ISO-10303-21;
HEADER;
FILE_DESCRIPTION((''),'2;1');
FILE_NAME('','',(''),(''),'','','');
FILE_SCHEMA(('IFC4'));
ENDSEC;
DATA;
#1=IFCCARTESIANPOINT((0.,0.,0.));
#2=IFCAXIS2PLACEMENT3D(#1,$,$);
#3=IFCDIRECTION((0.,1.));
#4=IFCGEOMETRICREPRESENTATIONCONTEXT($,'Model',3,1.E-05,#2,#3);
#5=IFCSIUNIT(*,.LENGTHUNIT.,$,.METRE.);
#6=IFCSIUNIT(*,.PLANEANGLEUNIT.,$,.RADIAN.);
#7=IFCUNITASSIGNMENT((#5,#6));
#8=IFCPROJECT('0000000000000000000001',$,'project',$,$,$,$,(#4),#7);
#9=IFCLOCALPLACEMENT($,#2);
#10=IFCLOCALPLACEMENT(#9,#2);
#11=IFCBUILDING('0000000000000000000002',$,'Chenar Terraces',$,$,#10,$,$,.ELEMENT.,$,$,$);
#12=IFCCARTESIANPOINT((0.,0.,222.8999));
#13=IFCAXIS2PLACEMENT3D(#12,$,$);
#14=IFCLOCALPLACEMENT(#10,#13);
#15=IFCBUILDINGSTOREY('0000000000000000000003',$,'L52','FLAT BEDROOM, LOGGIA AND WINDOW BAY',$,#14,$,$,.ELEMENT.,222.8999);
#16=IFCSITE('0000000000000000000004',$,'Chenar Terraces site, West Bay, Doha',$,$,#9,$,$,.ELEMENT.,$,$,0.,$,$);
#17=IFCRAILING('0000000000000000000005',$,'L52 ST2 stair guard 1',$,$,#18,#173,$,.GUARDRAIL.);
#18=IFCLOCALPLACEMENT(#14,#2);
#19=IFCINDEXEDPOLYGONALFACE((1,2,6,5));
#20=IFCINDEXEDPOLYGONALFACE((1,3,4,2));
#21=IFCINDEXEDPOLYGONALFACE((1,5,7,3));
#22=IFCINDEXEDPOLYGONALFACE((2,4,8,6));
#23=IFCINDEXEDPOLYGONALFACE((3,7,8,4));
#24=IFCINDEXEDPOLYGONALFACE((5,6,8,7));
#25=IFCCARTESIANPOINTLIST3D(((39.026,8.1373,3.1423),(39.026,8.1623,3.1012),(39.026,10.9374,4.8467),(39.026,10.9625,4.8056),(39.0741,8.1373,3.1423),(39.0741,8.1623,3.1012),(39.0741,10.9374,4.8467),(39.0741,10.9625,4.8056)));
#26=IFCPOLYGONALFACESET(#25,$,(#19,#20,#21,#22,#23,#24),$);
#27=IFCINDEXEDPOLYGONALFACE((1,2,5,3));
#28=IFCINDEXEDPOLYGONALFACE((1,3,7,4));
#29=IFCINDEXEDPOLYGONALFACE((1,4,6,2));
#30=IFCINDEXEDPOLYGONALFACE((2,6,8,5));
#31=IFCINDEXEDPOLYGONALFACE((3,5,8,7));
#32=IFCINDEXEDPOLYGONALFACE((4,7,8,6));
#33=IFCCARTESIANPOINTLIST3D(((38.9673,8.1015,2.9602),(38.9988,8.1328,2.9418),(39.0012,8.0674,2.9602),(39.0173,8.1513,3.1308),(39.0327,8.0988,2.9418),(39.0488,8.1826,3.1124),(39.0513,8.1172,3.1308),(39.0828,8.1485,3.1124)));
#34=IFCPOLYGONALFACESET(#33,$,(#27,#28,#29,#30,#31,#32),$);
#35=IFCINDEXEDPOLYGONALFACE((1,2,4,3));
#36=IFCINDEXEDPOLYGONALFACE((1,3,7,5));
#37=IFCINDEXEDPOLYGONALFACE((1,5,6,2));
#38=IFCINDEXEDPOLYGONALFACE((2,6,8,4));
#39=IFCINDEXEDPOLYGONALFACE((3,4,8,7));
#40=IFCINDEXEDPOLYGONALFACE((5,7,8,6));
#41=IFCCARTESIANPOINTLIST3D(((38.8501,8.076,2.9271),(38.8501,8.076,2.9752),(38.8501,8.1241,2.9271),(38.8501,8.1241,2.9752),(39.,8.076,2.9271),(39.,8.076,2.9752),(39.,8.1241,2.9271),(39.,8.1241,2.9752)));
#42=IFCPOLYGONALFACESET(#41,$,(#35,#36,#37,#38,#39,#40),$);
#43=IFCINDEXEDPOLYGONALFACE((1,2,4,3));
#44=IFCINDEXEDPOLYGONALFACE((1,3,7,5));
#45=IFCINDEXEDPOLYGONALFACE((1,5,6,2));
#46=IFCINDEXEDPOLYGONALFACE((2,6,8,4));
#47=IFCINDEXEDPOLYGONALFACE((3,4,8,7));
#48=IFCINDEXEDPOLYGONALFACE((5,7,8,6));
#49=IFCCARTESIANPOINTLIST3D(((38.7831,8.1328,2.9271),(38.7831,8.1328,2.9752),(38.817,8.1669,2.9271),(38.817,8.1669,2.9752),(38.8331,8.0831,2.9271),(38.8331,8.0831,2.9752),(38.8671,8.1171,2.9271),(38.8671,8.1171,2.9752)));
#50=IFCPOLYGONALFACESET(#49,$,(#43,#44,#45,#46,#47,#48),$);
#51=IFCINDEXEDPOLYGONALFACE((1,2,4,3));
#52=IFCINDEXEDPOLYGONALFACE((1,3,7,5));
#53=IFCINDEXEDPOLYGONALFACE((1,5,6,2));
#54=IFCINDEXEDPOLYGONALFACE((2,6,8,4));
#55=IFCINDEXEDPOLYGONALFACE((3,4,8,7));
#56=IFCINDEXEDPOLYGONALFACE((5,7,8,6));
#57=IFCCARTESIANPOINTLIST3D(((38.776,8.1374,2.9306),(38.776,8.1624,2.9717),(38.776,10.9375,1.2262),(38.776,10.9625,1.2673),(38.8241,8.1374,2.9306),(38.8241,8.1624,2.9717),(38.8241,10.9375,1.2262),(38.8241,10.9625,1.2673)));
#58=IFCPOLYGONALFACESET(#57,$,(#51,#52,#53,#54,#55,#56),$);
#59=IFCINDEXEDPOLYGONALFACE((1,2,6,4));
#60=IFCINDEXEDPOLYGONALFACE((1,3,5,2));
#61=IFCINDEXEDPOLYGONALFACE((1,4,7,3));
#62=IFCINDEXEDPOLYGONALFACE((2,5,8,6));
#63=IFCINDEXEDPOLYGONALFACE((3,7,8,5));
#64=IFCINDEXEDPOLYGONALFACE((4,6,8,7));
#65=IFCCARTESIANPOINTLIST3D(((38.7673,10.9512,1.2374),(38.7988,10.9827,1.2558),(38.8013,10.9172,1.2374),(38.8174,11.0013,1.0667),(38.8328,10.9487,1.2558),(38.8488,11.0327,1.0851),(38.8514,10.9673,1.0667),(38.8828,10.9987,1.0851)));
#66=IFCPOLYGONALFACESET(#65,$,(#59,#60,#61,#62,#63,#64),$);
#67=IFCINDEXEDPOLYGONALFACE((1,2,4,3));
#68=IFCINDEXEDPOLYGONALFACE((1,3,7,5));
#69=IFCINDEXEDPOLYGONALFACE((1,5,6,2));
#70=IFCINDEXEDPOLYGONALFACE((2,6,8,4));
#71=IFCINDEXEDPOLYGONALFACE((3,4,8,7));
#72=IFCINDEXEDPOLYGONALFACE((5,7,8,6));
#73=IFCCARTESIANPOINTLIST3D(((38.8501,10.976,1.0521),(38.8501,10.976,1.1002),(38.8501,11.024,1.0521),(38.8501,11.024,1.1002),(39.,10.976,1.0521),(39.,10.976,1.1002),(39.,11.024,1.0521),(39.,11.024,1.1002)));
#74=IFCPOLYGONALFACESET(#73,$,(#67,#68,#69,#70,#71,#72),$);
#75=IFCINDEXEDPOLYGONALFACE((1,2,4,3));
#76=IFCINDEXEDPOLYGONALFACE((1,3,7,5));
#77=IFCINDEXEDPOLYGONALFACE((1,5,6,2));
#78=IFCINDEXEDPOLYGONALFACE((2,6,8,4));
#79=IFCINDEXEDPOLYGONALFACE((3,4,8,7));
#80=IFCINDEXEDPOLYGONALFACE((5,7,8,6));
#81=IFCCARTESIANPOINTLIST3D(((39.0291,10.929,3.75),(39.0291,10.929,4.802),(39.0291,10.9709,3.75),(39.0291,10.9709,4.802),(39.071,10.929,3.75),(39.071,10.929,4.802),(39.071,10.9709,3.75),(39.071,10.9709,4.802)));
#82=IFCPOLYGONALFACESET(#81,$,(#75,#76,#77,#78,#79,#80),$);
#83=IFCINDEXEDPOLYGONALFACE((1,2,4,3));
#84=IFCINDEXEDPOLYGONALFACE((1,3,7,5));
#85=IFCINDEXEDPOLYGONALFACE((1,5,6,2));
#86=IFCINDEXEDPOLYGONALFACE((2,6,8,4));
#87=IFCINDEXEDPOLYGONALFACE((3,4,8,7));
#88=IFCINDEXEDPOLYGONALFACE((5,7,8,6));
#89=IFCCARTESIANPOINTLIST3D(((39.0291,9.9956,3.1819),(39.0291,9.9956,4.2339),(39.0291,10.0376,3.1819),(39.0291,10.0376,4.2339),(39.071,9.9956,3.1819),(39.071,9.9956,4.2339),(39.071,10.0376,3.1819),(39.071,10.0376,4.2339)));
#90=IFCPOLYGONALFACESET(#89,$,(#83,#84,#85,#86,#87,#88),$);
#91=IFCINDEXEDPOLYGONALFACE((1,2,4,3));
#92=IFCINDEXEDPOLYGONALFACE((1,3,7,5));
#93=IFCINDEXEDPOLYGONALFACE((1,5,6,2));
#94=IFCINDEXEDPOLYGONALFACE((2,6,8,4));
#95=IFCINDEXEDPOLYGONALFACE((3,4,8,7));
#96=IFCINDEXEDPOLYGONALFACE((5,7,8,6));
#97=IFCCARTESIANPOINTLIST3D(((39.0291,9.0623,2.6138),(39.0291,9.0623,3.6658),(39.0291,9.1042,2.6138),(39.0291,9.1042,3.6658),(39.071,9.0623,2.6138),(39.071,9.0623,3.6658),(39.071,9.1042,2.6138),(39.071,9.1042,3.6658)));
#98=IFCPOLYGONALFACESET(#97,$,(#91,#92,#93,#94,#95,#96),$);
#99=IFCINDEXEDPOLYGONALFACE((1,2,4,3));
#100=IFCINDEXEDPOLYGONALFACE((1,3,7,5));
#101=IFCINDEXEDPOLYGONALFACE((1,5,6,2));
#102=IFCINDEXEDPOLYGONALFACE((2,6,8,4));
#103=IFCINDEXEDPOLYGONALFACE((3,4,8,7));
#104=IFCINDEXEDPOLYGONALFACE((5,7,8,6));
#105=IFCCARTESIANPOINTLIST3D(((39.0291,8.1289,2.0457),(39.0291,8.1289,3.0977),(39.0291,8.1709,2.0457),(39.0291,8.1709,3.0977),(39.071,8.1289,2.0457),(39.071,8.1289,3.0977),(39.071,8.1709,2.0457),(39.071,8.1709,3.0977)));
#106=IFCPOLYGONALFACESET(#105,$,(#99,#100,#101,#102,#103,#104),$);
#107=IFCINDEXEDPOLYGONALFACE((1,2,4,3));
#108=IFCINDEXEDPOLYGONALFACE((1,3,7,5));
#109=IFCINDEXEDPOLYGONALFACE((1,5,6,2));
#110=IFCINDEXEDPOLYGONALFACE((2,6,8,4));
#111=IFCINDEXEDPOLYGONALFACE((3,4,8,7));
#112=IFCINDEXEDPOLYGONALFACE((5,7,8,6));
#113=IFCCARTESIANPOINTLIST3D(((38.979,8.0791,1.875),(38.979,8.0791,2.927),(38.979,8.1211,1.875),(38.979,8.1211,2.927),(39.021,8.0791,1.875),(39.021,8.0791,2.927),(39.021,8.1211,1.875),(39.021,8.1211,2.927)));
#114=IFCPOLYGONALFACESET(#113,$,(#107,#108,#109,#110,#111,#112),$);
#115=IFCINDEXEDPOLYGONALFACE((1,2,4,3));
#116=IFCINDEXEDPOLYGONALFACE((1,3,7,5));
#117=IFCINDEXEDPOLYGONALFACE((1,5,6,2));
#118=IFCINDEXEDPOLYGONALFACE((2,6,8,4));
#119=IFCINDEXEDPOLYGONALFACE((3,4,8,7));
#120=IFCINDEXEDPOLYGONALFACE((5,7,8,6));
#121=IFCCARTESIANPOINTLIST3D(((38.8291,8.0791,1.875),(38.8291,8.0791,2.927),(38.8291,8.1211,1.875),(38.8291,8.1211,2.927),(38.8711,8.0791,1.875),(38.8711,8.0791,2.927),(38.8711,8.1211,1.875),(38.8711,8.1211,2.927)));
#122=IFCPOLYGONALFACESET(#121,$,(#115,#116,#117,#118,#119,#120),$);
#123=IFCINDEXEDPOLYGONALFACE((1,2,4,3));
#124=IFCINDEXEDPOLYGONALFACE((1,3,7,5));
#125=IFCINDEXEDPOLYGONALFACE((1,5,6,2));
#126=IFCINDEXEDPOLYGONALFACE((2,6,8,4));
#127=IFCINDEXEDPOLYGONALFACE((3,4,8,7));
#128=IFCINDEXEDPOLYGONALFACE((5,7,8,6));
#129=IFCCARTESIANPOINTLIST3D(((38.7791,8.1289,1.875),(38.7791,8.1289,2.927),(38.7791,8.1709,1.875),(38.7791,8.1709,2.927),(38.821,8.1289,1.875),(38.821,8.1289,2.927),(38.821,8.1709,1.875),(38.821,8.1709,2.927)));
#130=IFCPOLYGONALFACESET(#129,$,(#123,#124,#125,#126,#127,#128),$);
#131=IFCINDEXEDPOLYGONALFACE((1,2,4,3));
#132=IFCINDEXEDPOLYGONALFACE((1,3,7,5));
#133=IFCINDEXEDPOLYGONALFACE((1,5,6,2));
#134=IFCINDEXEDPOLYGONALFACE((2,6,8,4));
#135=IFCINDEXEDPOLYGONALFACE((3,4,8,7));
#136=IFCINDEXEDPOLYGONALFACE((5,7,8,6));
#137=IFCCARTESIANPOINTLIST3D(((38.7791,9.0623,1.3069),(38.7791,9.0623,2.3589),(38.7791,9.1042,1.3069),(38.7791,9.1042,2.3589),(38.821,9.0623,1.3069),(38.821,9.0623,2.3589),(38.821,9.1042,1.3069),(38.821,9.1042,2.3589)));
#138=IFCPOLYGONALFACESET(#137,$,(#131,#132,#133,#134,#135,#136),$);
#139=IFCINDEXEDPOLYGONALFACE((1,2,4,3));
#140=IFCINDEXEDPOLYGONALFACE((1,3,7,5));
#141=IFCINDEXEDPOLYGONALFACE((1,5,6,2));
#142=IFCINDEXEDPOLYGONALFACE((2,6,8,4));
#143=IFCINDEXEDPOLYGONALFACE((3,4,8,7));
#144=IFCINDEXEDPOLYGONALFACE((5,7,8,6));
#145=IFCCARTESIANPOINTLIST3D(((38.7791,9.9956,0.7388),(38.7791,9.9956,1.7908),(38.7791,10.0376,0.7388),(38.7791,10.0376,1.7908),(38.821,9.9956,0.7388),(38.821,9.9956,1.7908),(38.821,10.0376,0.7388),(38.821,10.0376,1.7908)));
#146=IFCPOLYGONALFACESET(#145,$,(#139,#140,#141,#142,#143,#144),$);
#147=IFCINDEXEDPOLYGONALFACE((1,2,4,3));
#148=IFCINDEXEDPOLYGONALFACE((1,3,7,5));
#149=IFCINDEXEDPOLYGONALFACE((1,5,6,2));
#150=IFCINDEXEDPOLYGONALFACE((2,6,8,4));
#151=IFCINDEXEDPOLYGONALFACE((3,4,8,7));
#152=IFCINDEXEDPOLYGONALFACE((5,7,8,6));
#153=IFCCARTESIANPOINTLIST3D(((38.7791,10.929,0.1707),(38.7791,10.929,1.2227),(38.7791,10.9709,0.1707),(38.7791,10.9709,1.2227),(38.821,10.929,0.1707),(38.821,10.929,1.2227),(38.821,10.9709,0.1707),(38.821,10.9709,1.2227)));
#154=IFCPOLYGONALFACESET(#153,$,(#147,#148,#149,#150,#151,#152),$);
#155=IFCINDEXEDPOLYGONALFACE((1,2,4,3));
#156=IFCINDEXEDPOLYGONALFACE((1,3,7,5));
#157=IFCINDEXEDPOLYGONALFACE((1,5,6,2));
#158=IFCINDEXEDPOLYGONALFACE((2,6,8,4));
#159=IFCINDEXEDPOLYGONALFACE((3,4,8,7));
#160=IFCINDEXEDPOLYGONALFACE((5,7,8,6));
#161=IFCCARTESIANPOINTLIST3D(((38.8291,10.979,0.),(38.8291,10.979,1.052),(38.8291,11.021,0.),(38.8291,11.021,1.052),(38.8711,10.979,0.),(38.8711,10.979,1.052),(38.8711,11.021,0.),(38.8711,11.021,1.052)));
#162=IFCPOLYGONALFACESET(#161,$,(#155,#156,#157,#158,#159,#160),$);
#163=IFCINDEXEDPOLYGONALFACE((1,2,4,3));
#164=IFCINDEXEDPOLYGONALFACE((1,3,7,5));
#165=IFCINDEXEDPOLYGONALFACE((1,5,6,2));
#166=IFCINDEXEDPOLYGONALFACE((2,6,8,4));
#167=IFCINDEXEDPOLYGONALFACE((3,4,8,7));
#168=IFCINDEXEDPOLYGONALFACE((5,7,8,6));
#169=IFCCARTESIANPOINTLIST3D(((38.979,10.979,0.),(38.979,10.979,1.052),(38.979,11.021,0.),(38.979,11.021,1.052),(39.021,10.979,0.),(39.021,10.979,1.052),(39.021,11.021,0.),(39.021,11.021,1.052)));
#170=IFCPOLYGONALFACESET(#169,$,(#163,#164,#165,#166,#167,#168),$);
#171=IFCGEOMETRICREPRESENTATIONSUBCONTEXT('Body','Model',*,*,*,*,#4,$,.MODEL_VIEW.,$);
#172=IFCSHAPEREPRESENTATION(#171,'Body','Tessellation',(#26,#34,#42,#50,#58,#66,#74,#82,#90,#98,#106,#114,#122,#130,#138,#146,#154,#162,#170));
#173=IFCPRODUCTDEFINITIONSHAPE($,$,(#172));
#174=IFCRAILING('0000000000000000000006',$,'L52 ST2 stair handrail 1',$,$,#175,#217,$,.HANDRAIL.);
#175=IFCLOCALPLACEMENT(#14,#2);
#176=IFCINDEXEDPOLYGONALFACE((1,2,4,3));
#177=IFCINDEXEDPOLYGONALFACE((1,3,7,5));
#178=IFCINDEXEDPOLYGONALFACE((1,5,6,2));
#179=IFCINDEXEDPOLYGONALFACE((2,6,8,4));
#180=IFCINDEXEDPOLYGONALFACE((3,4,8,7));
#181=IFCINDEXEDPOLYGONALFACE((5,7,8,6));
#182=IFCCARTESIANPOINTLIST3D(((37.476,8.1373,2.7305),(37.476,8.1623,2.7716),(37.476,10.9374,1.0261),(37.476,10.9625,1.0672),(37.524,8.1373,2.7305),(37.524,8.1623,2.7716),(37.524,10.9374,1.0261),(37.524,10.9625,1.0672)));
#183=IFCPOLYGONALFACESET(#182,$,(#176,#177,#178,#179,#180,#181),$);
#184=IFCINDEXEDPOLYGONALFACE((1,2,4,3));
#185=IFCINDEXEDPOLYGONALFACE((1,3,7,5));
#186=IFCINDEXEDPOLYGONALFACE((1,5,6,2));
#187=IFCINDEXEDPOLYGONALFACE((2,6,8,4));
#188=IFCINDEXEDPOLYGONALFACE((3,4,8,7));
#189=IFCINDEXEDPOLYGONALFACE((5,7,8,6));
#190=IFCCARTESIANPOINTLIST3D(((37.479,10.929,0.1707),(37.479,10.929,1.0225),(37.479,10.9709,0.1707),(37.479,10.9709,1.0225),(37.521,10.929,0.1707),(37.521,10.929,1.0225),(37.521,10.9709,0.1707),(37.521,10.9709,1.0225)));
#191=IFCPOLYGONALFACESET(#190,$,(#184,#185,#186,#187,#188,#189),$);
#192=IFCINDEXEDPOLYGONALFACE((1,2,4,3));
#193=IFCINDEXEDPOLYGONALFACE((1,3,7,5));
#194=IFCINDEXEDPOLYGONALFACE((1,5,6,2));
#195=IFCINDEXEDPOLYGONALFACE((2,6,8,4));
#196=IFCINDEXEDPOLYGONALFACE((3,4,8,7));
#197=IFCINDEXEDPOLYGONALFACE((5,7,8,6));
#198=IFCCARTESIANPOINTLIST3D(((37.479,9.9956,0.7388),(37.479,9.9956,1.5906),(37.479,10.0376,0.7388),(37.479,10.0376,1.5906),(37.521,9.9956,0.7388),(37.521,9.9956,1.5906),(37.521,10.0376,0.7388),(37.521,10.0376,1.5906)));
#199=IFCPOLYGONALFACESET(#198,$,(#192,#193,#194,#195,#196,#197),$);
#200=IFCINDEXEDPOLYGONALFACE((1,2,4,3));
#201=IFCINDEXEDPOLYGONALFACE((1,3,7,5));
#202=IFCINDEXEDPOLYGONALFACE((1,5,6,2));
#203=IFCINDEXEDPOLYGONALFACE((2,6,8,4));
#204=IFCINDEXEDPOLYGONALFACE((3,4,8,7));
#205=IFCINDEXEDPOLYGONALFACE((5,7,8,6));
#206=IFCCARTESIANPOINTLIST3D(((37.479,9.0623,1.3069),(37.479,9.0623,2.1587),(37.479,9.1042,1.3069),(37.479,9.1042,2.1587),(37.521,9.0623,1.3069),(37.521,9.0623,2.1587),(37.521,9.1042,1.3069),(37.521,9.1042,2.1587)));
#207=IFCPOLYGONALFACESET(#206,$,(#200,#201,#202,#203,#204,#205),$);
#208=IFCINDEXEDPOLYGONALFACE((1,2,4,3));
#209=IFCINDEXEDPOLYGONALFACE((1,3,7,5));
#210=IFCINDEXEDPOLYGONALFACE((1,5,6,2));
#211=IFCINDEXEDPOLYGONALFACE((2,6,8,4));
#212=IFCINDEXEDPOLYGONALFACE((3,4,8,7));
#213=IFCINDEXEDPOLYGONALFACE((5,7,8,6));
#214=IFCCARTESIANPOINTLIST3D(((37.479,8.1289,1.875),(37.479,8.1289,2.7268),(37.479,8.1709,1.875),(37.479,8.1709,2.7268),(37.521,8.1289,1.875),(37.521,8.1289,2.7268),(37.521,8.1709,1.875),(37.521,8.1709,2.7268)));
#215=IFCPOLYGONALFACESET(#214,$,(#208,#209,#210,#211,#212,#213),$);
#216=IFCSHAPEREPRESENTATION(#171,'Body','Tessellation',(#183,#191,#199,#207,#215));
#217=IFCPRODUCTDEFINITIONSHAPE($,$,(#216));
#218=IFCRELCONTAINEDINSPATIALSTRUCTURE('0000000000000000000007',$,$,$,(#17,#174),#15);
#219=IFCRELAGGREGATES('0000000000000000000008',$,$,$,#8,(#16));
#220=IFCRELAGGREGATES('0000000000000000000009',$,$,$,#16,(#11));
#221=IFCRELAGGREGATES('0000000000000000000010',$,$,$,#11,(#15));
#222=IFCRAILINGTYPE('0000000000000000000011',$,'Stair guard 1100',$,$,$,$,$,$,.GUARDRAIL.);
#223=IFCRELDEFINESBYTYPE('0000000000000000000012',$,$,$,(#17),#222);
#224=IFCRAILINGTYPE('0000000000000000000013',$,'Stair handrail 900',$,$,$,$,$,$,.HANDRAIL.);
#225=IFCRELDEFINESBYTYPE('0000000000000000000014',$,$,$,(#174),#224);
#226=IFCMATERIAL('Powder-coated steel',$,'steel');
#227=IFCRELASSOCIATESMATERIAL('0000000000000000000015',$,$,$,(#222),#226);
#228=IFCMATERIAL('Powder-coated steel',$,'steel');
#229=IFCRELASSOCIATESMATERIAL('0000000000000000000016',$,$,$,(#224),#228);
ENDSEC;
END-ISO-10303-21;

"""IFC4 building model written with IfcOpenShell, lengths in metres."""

from ifc_helpers import new_model, si_unit, direction, frame, origin, origin_2d, place, context, subcontext, project, spatial, rectangle, extrude, material, type_object, element, save


model = new_model("IFC4")

# Units and contexts
model_context = context("Model", 3, precision=1e-05, world=origin(), true_north=direction((0.0, 1.0)))
body_context = subcontext(model_context, "Body", "Model", "MODEL_VIEW")
ifc_project = project(units=[si_unit("LENGTHUNIT", "METRE"), si_unit("PLANEANGLEUNIT", "RADIAN")], contexts=[model_context])

# Site, building, storey
site_placement = place(None, origin())
site = spatial("IfcSite", under=ifc_project, at=site_placement, Name="Chenar Terraces site, West Bay, Doha", CompositionType="ELEMENT", RefElevation=0.0)
building_placement = place(site_placement, origin())
building = spatial("IfcBuilding", under=site, at=building_placement, Name="Chenar Terraces", CompositionType="ELEMENT")
storey_placement = place(building_placement, frame((0.0, 0.0, 222.8999)))
storey = spatial("IfcBuildingStorey", under=building, at=storey_placement, Name="L52", Description="FLAT BEDROOM, LOGGIA AND WINDOW BAY", CompositionType="ELEMENT", Elevation=222.8999)

# Railings
ifc_material_1 = material(Name="Powder-coated steel", Category="steel")
railing_type_1 = type_object("IfcRailingType", Name="Stair guard 1100", PredefinedType="GUARDRAIL", material=ifc_material_1)
railing_1_placement = place(storey_placement, frame((39.05, 10.95, 3.75)))
element("IfcRailing", 1, at=railing_1_placement, inside=storey, type_object=railing_type_1, Name="L52 ST2 stair guard 1", PredefinedType="GUARDRAIL", context=body_context, shape_type="SweptSolid", body=[
    extrude(rectangle(XDim=0.0481, YDim=0.0481, at=origin_2d()), frame((0.0, 0.0, 1.0762), z_axis=(0.0, -0.854203, -0.51994), x_axis=(1.0, 0.0, 0.0)), (0.0, 0.0, 1.0), 3.2781),
    extrude(rectangle(XDim=0.0481, YDim=0.0481, at=origin_2d()), frame((0.0, -2.8, -0.6284), z_axis=(-0.270997, -0.269675, -0.924033), x_axis=(0.705376, -0.708834, 0.0)), (0.0, 0.0, 1.0), 0.1846),
    extrude(rectangle(XDim=0.0481, YDim=0.0481, at=origin_2d()), frame((-0.05, -2.8499, -0.7988), z_axis=(-1.0, 0.0, 0.0), x_axis=(0.0, -1.0, 0.0)), (0.0, 0.0, 1.0), 0.1499),
    extrude(rectangle(XDim=0.0481, YDim=0.0481, at=origin_2d()), frame((-0.2, -2.8499, -0.7988), z_axis=(-0.708834, 0.705376, 0.0), x_axis=(-0.705376, -0.708834, 0.0)), (0.0, 0.0, 1.0), 0.0706),
    extrude(rectangle(XDim=0.0481, YDim=0.0481, at=origin_2d()), frame((-0.25, -2.8, -0.7988), z_axis=(0.0, 0.854203, -0.51994), x_axis=(-1.0, 0.0, 0.0)), (0.0, 0.0, 1.0), 3.2781),
    extrude(rectangle(XDim=0.0481, YDim=0.0481, at=origin_2d()), frame((-0.25, 0.0, -2.5034), z_axis=(0.2709, 0.2709, -0.923703), x_axis=(-0.707107, 0.707107, 0.0)), (0.0, 0.0, 1.0), 0.1848),
    extrude(rectangle(XDim=0.0481, YDim=0.0481, at=origin_2d()), frame((-0.2, 0.05, -2.6738), z_axis=(1.0, 0.0, 0.0), x_axis=(0.0, 1.0, 0.0)), (0.0, 0.0, 1.0), 0.1499),
    extrude(rectangle(XDim=0.042, YDim=0.042, at=origin_2d()), origin(), (0.0, 0.0, 1.0), 1.052),
    extrude(rectangle(XDim=0.042, YDim=0.042, at=origin_2d()), frame((0.0, -0.9333, -0.5681)), (0.0, 0.0, 1.0), 1.052),
    extrude(rectangle(XDim=0.042, YDim=0.042, at=origin_2d()), frame((0.0, -1.8667, -1.1362)), (0.0, 0.0, 1.0), 1.052),
    extrude(rectangle(XDim=0.042, YDim=0.042, at=origin_2d()), frame((0.0, -2.8, -1.7043)), (0.0, 0.0, 1.0), 1.052),
    extrude(rectangle(XDim=0.042, YDim=0.042, at=origin_2d()), frame((-0.05, -2.8499, -1.875)), (0.0, 0.0, 1.0), 1.052),
    extrude(rectangle(XDim=0.042, YDim=0.042, at=origin_2d()), frame((-0.2, -2.8499, -1.875)), (0.0, 0.0, 1.0), 1.052),
    extrude(rectangle(XDim=0.042, YDim=0.042, at=origin_2d()), frame((-0.25, -2.8, -1.875)), (0.0, 0.0, 1.0), 1.052),
    extrude(rectangle(XDim=0.042, YDim=0.042, at=origin_2d()), frame((-0.25, -1.8667, -2.4431)), (0.0, 0.0, 1.0), 1.052),
    extrude(rectangle(XDim=0.042, YDim=0.042, at=origin_2d()), frame((-0.25, -0.9333, -3.0112)), (0.0, 0.0, 1.0), 1.052),
    extrude(rectangle(XDim=0.042, YDim=0.042, at=origin_2d()), frame((-0.25, 0.0, -3.5793)), (0.0, 0.0, 1.0), 1.052),
    extrude(rectangle(XDim=0.042, YDim=0.042, at=origin_2d()), frame((-0.2, 0.05, -3.75)), (0.0, 0.0, 1.0), 1.052),
    extrude(rectangle(XDim=0.042, YDim=0.042, at=origin_2d()), frame((-0.05, 0.05, -3.75)), (0.0, 0.0, 1.0), 1.052),
])
ifc_material_2 = material(Name="Powder-coated steel", Category="steel")
railing_type_2 = type_object("IfcRailingType", Name="Stair handrail 900", PredefinedType="HANDRAIL", material=ifc_material_2)
railing_2_placement = place(storey_placement, frame((37.5, 10.95, 0.1707)))
element("IfcRailing", 2, at=railing_2_placement, inside=storey, type_object=railing_type_2, Name="L52 ST2 stair handrail 1", PredefinedType="HANDRAIL", context=body_context, shape_type="SweptSolid", body=[
    extrude(rectangle(XDim=0.0481, YDim=0.0481, at=origin_2d()), frame((0.0, 0.0, 0.876), z_axis=(0.0, -0.854203, 0.51994), x_axis=(1.0, 0.0, 0.0)), (0.0, 0.0, 1.0), 3.2781),
    extrude(rectangle(XDim=0.042, YDim=0.042, at=origin_2d()), origin(), (0.0, 0.0, 1.0), 0.8518),
    extrude(rectangle(XDim=0.042, YDim=0.042, at=origin_2d()), frame((0.0, -0.9333, 0.5681)), (0.0, 0.0, 1.0), 0.8518),
    extrude(rectangle(XDim=0.042, YDim=0.042, at=origin_2d()), frame((0.0, -1.8667, 1.1362)), (0.0, 0.0, 1.0), 0.8518),
    extrude(rectangle(XDim=0.042, YDim=0.042, at=origin_2d()), frame((0.0, -2.8, 1.7043)), (0.0, 0.0, 1.0), 0.8518),
])

save(model, "model.ifc")
